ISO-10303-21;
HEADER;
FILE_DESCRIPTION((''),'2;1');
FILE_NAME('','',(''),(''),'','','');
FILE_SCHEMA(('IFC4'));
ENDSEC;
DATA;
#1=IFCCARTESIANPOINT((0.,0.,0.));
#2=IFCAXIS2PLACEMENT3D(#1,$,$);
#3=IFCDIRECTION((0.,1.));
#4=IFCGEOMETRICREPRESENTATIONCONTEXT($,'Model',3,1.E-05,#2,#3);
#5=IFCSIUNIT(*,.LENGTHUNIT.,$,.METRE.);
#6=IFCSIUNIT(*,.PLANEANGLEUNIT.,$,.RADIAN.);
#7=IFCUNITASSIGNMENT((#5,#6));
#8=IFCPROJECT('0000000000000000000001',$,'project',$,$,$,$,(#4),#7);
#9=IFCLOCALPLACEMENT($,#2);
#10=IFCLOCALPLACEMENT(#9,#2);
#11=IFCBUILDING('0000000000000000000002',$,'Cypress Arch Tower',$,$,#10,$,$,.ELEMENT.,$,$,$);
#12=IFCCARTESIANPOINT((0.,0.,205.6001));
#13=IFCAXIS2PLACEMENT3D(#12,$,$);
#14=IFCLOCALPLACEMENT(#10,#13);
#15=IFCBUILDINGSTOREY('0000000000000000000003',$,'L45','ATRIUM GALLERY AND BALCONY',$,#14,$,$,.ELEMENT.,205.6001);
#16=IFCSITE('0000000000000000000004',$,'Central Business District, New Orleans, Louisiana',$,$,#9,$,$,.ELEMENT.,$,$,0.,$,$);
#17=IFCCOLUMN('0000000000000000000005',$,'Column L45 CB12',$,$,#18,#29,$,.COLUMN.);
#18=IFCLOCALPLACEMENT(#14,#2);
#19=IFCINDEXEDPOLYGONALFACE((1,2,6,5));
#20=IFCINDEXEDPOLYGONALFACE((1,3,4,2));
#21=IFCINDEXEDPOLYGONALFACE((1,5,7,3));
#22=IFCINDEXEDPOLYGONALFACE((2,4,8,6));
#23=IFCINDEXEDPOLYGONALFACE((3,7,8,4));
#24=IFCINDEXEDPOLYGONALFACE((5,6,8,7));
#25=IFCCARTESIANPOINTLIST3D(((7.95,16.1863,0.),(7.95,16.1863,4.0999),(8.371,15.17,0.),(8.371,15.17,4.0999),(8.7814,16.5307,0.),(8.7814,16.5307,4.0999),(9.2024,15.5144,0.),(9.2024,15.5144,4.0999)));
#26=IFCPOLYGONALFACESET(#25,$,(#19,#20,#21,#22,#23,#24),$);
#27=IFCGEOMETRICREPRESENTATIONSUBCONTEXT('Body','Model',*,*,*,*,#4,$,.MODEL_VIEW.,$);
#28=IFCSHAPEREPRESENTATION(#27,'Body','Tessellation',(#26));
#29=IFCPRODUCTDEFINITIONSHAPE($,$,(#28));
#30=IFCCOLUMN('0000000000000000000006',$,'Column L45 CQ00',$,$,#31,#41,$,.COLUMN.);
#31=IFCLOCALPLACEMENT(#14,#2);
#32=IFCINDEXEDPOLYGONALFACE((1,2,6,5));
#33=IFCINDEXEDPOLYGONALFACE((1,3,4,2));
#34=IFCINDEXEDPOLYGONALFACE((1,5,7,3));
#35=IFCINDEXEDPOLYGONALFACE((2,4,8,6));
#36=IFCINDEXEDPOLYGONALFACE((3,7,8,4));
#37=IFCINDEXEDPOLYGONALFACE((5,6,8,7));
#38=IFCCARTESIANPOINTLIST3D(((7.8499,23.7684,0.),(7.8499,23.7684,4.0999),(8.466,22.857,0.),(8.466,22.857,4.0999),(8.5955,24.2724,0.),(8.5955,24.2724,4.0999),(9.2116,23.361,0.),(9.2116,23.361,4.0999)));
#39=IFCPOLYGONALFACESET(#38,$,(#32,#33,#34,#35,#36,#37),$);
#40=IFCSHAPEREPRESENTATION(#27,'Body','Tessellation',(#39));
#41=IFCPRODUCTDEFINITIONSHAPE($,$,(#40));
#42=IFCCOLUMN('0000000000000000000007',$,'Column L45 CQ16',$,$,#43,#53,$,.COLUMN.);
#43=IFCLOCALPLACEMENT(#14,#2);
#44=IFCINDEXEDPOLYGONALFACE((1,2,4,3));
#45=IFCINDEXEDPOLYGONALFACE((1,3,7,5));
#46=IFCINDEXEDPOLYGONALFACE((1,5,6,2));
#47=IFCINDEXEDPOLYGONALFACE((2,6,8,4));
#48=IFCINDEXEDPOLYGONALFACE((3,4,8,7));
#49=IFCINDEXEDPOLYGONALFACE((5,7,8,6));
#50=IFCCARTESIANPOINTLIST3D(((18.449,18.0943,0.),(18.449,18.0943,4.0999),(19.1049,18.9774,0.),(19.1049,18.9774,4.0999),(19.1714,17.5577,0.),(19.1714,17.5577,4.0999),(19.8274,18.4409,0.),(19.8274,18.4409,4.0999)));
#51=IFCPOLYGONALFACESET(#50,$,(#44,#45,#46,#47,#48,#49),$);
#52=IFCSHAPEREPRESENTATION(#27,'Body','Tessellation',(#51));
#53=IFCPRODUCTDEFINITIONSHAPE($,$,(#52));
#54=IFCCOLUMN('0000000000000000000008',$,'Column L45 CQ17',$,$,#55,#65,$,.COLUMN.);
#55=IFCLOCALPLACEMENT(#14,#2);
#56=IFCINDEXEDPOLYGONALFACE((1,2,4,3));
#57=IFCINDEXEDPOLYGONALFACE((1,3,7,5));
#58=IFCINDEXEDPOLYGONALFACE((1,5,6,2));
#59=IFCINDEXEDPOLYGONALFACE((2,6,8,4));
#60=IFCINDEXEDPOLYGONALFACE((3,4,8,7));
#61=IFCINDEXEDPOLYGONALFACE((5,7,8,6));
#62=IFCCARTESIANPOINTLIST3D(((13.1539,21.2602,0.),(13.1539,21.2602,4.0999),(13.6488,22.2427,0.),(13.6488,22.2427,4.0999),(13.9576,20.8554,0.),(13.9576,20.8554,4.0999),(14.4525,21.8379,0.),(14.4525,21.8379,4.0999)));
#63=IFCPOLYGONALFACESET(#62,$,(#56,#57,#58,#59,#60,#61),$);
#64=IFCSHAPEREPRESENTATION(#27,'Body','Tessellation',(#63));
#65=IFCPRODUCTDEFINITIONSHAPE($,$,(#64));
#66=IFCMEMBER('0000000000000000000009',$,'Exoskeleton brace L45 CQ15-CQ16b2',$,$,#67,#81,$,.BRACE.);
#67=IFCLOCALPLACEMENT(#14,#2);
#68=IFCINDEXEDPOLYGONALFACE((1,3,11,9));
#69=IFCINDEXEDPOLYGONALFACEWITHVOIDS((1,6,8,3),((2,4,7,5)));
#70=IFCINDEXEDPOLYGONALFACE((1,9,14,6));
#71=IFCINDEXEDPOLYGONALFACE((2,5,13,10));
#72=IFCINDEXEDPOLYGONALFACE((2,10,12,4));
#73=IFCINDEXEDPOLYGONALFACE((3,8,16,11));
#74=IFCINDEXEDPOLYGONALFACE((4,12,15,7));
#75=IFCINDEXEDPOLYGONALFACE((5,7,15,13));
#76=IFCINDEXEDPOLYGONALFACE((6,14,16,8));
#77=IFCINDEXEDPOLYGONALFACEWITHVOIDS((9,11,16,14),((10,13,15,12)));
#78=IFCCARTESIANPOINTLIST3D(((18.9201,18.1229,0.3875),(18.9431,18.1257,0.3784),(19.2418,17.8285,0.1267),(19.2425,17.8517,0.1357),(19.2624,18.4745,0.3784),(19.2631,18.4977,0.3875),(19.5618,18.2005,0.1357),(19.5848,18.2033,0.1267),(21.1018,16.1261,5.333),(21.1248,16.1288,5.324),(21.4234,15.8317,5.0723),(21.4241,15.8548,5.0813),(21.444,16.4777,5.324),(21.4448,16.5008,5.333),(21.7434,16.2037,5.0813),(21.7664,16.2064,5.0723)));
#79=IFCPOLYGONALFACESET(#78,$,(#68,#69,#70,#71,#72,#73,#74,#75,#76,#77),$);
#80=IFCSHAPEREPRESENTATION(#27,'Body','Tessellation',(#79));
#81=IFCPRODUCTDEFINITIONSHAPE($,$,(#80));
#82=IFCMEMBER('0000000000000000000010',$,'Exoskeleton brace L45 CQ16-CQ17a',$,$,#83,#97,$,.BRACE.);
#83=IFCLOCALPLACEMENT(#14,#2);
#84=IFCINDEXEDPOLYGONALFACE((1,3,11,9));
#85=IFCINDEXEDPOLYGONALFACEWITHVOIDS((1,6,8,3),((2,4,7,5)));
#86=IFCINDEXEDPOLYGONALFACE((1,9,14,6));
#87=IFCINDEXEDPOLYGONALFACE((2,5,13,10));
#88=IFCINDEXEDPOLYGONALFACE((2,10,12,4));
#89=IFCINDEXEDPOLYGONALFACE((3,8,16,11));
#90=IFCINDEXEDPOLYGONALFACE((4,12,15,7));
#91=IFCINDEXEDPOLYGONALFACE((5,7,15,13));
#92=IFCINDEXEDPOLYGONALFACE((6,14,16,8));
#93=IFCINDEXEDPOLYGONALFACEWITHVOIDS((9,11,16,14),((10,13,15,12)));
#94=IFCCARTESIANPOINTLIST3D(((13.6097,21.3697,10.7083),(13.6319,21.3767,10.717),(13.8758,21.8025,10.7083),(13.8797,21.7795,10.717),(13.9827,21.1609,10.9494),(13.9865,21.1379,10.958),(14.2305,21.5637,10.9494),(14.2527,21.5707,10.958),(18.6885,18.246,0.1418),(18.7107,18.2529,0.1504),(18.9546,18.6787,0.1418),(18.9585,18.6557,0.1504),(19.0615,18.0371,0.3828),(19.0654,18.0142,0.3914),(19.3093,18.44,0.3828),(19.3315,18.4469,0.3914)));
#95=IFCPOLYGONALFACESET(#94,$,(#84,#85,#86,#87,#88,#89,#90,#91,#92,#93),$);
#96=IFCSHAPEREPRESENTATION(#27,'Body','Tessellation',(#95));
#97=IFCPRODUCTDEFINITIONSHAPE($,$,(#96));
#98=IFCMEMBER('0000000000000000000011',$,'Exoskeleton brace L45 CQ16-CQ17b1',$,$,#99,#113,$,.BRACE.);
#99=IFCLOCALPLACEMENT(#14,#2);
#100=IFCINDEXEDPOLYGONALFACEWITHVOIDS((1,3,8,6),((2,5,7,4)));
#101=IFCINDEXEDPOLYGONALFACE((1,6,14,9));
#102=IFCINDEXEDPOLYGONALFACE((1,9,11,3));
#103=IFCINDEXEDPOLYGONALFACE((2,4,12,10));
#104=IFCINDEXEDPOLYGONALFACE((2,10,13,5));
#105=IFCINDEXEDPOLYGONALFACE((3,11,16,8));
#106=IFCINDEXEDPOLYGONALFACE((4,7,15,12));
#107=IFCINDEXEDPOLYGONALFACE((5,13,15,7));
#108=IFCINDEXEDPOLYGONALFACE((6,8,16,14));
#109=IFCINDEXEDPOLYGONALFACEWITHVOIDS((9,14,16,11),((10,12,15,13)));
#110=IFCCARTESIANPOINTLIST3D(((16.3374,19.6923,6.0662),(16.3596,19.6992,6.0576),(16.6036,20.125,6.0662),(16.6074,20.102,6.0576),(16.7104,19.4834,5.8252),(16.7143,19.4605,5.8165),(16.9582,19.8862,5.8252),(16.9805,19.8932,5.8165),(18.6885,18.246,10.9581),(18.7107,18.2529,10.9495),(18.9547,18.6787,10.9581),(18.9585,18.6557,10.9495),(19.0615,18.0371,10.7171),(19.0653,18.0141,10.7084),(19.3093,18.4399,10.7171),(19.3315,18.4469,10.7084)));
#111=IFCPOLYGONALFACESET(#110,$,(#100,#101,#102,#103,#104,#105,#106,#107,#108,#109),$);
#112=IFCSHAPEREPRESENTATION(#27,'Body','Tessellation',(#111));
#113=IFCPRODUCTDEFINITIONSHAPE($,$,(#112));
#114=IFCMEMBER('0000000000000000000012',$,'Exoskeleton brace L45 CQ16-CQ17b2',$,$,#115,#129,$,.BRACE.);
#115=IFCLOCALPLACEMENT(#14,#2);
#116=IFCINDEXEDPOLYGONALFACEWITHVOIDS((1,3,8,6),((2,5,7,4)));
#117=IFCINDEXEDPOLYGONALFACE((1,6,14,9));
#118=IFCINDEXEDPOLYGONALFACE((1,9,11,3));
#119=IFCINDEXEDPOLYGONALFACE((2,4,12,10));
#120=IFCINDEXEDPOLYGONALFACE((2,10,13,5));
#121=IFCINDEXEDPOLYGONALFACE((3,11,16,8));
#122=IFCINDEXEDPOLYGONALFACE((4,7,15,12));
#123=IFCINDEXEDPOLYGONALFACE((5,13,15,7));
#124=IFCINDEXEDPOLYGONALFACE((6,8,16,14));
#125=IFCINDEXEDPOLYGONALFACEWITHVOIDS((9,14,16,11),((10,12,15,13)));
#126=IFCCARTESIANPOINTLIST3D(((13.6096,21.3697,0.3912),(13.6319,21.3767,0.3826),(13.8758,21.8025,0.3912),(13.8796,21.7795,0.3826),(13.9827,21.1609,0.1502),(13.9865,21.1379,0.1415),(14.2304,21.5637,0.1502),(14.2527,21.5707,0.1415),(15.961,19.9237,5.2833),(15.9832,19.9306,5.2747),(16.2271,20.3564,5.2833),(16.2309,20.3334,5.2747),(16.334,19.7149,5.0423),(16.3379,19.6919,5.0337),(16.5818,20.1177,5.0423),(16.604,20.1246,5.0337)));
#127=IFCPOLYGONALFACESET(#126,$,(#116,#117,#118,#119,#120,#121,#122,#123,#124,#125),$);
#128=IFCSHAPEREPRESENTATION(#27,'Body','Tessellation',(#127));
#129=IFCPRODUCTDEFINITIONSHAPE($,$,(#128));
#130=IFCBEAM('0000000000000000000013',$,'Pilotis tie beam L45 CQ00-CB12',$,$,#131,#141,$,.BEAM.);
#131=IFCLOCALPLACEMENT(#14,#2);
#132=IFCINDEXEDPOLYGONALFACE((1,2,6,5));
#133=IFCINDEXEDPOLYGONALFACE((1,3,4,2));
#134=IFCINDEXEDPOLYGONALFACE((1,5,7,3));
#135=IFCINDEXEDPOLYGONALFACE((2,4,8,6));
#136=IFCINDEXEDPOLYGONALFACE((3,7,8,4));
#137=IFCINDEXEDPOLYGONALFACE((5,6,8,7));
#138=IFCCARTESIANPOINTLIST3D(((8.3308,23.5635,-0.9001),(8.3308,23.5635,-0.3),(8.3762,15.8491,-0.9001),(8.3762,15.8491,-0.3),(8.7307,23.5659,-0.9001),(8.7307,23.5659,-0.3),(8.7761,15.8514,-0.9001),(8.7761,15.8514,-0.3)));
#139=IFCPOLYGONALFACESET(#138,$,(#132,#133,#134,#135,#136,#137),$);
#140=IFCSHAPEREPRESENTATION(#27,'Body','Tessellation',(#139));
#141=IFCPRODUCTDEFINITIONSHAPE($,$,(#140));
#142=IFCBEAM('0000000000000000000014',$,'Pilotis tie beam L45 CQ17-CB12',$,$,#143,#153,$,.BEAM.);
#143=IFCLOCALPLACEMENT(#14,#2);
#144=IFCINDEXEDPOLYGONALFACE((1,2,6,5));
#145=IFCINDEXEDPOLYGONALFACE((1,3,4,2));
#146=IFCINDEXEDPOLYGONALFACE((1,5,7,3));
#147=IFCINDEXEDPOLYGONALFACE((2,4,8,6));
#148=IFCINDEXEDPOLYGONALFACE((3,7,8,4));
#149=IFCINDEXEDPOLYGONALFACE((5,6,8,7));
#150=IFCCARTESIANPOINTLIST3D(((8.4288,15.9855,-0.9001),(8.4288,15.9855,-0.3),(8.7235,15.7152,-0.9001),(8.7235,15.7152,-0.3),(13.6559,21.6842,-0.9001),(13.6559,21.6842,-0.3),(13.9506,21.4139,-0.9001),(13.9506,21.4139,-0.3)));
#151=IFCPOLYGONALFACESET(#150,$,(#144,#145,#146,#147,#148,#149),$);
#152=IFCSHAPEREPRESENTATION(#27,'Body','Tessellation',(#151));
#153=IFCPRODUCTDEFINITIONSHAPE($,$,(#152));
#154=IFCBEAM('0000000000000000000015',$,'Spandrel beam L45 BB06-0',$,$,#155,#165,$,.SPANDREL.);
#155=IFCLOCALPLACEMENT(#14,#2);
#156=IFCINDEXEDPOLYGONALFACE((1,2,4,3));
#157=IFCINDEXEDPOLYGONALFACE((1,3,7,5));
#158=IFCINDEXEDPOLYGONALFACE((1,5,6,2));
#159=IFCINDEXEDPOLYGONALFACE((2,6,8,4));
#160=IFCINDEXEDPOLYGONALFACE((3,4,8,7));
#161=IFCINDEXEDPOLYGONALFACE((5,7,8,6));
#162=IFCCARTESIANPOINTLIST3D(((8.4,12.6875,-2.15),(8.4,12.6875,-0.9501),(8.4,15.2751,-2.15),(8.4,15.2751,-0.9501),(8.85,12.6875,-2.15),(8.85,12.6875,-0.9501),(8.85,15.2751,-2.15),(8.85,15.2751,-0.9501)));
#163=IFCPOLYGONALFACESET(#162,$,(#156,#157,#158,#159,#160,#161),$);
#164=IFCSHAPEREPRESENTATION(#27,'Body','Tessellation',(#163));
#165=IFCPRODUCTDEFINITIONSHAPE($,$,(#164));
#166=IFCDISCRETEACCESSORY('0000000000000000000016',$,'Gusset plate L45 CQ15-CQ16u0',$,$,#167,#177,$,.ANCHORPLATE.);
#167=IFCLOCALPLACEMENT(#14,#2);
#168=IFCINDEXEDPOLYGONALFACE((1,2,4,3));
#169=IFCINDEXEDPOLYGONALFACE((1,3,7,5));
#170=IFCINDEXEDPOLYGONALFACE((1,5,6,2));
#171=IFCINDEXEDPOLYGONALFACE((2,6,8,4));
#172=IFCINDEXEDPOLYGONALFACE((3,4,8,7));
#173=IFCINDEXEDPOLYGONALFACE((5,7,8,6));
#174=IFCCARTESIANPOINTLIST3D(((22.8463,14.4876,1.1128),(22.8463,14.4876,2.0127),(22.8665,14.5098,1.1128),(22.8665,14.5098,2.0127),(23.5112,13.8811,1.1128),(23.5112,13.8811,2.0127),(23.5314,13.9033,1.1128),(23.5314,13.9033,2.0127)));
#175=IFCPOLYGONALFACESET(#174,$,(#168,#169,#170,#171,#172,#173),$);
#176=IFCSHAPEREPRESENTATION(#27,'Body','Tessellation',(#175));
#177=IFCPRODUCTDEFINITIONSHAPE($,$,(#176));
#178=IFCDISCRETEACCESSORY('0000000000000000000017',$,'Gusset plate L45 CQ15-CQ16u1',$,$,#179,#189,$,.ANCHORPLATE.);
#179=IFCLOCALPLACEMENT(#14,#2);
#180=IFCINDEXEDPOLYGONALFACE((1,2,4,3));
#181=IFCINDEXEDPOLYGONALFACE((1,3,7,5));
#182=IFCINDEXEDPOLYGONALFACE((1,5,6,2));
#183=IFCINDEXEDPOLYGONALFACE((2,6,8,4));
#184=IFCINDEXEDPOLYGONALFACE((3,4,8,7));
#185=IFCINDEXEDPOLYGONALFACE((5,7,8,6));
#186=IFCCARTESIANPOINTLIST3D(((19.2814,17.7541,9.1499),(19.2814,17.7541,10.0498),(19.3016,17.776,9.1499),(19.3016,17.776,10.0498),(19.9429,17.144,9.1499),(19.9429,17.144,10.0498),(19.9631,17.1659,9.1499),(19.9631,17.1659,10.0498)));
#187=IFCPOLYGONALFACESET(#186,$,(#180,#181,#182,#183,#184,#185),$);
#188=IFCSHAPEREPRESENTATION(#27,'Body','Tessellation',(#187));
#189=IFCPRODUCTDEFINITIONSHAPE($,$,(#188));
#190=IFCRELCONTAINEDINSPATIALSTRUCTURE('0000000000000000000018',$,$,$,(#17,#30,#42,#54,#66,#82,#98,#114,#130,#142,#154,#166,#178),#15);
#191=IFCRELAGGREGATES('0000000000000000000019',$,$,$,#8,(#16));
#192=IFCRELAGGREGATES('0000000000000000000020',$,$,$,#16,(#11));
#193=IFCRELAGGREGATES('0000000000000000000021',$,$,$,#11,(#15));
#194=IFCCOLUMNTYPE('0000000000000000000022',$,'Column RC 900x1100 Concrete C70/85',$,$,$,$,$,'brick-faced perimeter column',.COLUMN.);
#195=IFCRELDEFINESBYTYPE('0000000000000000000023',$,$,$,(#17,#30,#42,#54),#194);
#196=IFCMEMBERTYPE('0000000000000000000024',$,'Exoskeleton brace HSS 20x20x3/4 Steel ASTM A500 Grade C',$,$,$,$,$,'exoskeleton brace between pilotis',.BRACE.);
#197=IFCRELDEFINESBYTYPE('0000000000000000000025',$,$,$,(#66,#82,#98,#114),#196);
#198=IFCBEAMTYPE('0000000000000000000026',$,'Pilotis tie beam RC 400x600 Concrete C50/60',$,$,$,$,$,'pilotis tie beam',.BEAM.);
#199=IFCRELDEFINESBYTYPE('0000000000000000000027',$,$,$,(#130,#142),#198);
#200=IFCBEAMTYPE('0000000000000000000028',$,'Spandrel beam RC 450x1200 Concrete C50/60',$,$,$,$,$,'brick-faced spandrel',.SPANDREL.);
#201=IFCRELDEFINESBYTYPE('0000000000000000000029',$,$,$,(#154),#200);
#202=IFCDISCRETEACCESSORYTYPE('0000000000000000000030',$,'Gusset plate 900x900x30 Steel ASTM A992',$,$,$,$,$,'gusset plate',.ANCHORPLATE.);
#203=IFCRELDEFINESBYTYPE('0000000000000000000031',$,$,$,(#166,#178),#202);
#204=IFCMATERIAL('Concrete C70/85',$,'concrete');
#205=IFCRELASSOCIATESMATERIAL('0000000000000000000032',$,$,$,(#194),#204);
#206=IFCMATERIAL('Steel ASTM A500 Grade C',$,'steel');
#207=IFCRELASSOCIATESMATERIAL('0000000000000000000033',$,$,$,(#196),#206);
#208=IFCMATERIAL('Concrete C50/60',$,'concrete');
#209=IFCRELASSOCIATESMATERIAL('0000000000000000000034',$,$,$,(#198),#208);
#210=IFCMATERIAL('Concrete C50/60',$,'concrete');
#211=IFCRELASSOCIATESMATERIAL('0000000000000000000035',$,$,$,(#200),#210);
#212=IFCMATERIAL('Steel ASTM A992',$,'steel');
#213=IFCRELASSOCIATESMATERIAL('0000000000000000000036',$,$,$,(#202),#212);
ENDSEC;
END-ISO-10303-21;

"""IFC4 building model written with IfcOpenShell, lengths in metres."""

from ifc_helpers import new_model, si_unit, direction, frame, origin, origin_2d, place, context, subcontext, project, spatial, rectangle, hollow_rectangle, extrude, material, material_profile, profile_set, type_object, element, save


model = new_model("IFC4")

# Units and contexts
model_context = context("Model", 3, precision=1e-05, world=origin(), true_north=direction((0.0, 1.0)))
body_context = subcontext(model_context, "Body", "Model", "MODEL_VIEW")
ifc_project = project(units=[si_unit("LENGTHUNIT", "METRE"), si_unit("PLANEANGLEUNIT", "RADIAN")], contexts=[model_context])

# Site, building, storey
site_placement = place(None, origin())
site = spatial("IfcSite", under=ifc_project, at=site_placement, Name="Central Business District, New Orleans, Louisiana", CompositionType="ELEMENT", RefElevation=0.0)
building_placement = place(site_placement, origin())
building = spatial("IfcBuilding", under=site, at=building_placement, Name="Cypress Arch Tower", CompositionType="ELEMENT")
storey_placement = place(building_placement, frame((0.0, 0.0, 205.6001)))
storey = spatial("IfcBuildingStorey", under=building, at=storey_placement, Name="L45", Description="ATRIUM GALLERY AND BALCONY", CompositionType="ELEMENT", Elevation=205.6001)

# Columns
ifc_material_1 = material(Name="Concrete C70/85", Category="concrete")
ifc_material_profile_1 = material_profile(ifc_material_1, rectangle(XDim=0.8999, YDim=1.1001, at=origin_2d()), Name="RC 900x1100")
ifc_profile_set_1 = profile_set([ifc_material_profile_1], Name="Concrete C70/85")
column_type = type_object("IfcColumnType", Name="Column RC 900x1100 Concrete C70/85", ElementType="brick-faced perimeter column", PredefinedType="COLUMN", material=ifc_profile_set_1)
for number, where, z_axis, x_axis, name in (
    (1, (8.5762, 15.8503, 0.0), (0.0, 0.0, 1.0), (-0.92388, -0.382683, 0.0), "Column L45 CB12"),
    (2, (8.5308, 23.5647, 0.0), (0.0, 0.0, 1.0), (-0.82847, -0.560034, 0.0), "Column L45 CQ00"),
    (3, (19.1382, 18.2676, 0.0), (0.0, 0.0, 1.0), (-0.802799, 0.59625, 0.0), "Column L45 CQ16"),
    (4, (13.8032, 21.5491, 0.0), (0.0, 0.0, 1.0), (-0.893106, 0.449845, 0.0), "Column L45 CQ17"),
):
    element("IfcColumn", number, at=place(storey_placement, frame(where, z_axis=z_axis, x_axis=x_axis)), inside=storey, type_object=column_type, Name=name, PredefinedType="COLUMN", context=body_context, shape_type="SweptSolid", body=[
        extrude(rectangle(XDim=0.8999, YDim=1.1001, at=origin_2d()), origin(), (0.0, 0.0, 1.0), 4.0999),
    ])

# Members
ifc_material_2 = material(Name="Steel ASTM A500 Grade C", Category="steel")
ifc_material_profile_2 = material_profile(ifc_material_2, hollow_rectangle(XDim=0.5081, YDim=0.5081, WallThickness=0.0176, at=origin_2d()), Name="HSS 20x20x3/4")
ifc_profile_set_2 = profile_set([ifc_material_profile_2], Name="Steel ASTM A500 Grade C")
member_type = type_object("IfcMemberType", Name="Exoskeleton brace HSS 20x20x3/4 Steel ASTM A500 Grade C", ElementType="exoskeleton brace between pilotis", PredefinedType="BRACE", material=ifc_profile_set_2)
member_1_placement = place(storey_placement, frame((19.2524, 18.1631, 0.2571), z_axis=(0.378598, -0.346526, 0.858244), x_axis=(0.675171, 0.737661, 0.0)))
element("IfcMember", 5, at=member_1_placement, inside=storey, type_object=member_type, Name="Exoskeleton brace L45 CQ15-CQ16b2", PredefinedType="BRACE", context=body_context, shape_type="SweptSolid", body=[
    extrude(hollow_rectangle(XDim=0.5081, YDim=0.5081, WallThickness=0.0176, at=origin_2d()), origin(), (0.0, 0.0, 1.0), 5.7625),
])
member_2_placement = place(storey_placement, frame((19.01, 18.3464, 0.2666), z_axis=(-0.418603, 0.257464, 0.87091), x_axis=(-0.523894, -0.851783, 0.0)))
element("IfcMember", 6, at=member_2_placement, inside=storey, type_object=member_type, Name="Exoskeleton brace L45 CQ16-CQ17a", PredefinedType="BRACE", context=body_context, shape_type="SweptSolid", body=[
    extrude(hollow_rectangle(XDim=0.5081, YDim=0.5081, WallThickness=0.0176, at=origin_2d()), origin(), (0.0, 0.0, 1.0), 12.1328),
])
member_3_placement = place(storey_placement, frame((19.01, 18.3464, 10.8333), z_axis=(-0.418572, 0.257489, -0.870917), x_axis=(-0.523959, -0.851743, 0.0)))
element("IfcMember", 7, at=member_3_placement, inside=storey, type_object=member_type, Name="Exoskeleton brace L45 CQ16-CQ17b1", PredefinedType="BRACE", context=body_context, shape_type="SweptSolid", body=[
    extrude(hollow_rectangle(XDim=0.5081, YDim=0.5081, WallThickness=0.0176, at=origin_2d()), origin(), (0.0, 0.0, 1.0), 5.6169),
])
member_4_placement = place(storey_placement, frame((13.9312, 21.4702, 0.2664), z_axis=(0.418597, -0.257434, 0.870921), x_axis=(0.523856, 0.851807, 0.0)))
element("IfcMember", 8, at=member_4_placement, inside=storey, type_object=member_type, Name="Exoskeleton brace L45 CQ16-CQ17b2", PredefinedType="BRACE", context=body_context, shape_type="SweptSolid", body=[
    extrude(hollow_rectangle(XDim=0.5081, YDim=0.5081, WallThickness=0.0176, at=origin_2d()), origin(), (0.0, 0.0, 1.0), 5.6172),
])

# Beams
ifc_material_3 = material(Name="Concrete C50/60", Category="concrete")
ifc_material_profile_3 = material_profile(ifc_material_3, rectangle(XDim=0.3999, YDim=0.6001, at=origin_2d()), Name="RC 400x600")
ifc_profile_set_3 = profile_set([ifc_material_profile_3], Name="Concrete C50/60")
beam_type_1 = type_object("IfcBeamType", Name="Pilotis tie beam RC 400x600 Concrete C50/60", ElementType="pilotis tie beam", PredefinedType="BEAM", material=ifc_profile_set_3)
beam_1_placement = place(storey_placement, frame((8.5308, 23.5647, -0.6001), z_axis=(0.005886, -0.999983, 0.0), x_axis=(0.999983, 0.005886, 0.0)))
element("IfcBeam", 9, at=beam_1_placement, inside=storey, type_object=beam_type_1, Name="Pilotis tie beam L45 CQ00-CB12", PredefinedType="BEAM", context=body_context, shape_type="SweptSolid", body=[
    extrude(rectangle(XDim=0.3999, YDim=0.6001, at=origin_2d()), origin(), (0.0, 0.0, 1.0), 7.7146),
])
beam_2_placement = place(storey_placement, frame((13.8032, 21.5491, -0.6001), z_axis=(-0.67595, -0.736947, 0.0), x_axis=(0.736947, -0.67595, 0.0)))
element("IfcBeam", 10, at=beam_2_placement, inside=storey, type_object=beam_type_1, Name="Pilotis tie beam L45 CQ17-CB12", PredefinedType="BEAM", context=body_context, shape_type="SweptSolid", body=[
    extrude(rectangle(XDim=0.3999, YDim=0.6001, at=origin_2d()), origin(), (0.0, 0.0, 1.0), 7.7329),
])
ifc_material_4 = material(Name="Concrete C50/60", Category="concrete")
ifc_material_profile_4 = material_profile(ifc_material_4, rectangle(XDim=0.45, YDim=1.2, at=origin_2d()), Name="RC 450x1200")
ifc_profile_set_4 = profile_set([ifc_material_profile_4], Name="Concrete C50/60")
beam_type_2 = type_object("IfcBeamType", Name="Spandrel beam RC 450x1200 Concrete C50/60", ElementType="brick-faced spandrel", PredefinedType="SPANDREL", material=ifc_profile_set_4)
beam_3_placement = place(storey_placement, frame((8.625, 15.2751, -1.55), z_axis=(0.0, -1.0, 0.0), x_axis=(1.0, 0.0, 0.0)))
element("IfcBeam", 11, at=beam_3_placement, inside=storey, type_object=beam_type_2, Name="Spandrel beam L45 BB06-0", PredefinedType="SPANDREL", context=body_context, shape_type="SweptSolid", body=[
    extrude(rectangle(XDim=0.45, YDim=1.2, at=origin_2d()), origin(), (0.0, 0.0, 1.0), 2.5876),
])

# Discrete accessories
ifc_material_5 = material(Name="Steel ASTM A992", Category="steel")
ifc_material_profile_5 = material_profile(ifc_material_5, rectangle(XDim=0.8999, YDim=0.8999, at=origin_2d()), Name="PL 30 900x900")
ifc_profile_set_5 = profile_set([ifc_material_profile_5], Name="Steel ASTM A992")
discrete_accessory_type_1 = type_object("IfcDiscreteAccessoryType", Name="Gusset plate 900x900x30 Steel ASTM A992", ElementType="gusset plate", PredefinedType="ANCHORPLATE", material=ifc_profile_set_5)
discrete_accessory_1_placement = place(storey_placement, frame((23.199, 14.2065, 1.5627), z_axis=(-0.673884, -0.738837, 0.0), x_axis=(0.738837, -0.673884, 0.0)))
element("IfcDiscreteAccessory", 12, at=discrete_accessory_1_placement, inside=storey, type_object=discrete_accessory_type_1, Name="Gusset plate L45 CQ15-CQ16u0", PredefinedType="ANCHORPLATE", context=body_context, shape_type="SweptSolid", body=[
    extrude(rectangle(XDim=0.8999, YDim=0.8999, at=origin_2d()), origin(), (0.0, 0.0, 1.0), 0.03),
])
discrete_accessory_2_placement = place(storey_placement, frame((19.6323, 17.4709, 9.5999), z_axis=(-0.677941, -0.735117, 0.0), x_axis=(0.735117, -0.677941, 0.0)))
element("IfcDiscreteAccessory", 13, at=discrete_accessory_2_placement, inside=storey, type_object=discrete_accessory_type_1, Name="Gusset plate L45 CQ15-CQ16u1", PredefinedType="ANCHORPLATE", context=body_context, shape_type="SweptSolid", body=[
    extrude(rectangle(XDim=0.8999, YDim=0.8999, at=origin_2d()), origin(), (0.0, 0.0, 1.0), 0.0298),
])

save(model, "model.ifc")
